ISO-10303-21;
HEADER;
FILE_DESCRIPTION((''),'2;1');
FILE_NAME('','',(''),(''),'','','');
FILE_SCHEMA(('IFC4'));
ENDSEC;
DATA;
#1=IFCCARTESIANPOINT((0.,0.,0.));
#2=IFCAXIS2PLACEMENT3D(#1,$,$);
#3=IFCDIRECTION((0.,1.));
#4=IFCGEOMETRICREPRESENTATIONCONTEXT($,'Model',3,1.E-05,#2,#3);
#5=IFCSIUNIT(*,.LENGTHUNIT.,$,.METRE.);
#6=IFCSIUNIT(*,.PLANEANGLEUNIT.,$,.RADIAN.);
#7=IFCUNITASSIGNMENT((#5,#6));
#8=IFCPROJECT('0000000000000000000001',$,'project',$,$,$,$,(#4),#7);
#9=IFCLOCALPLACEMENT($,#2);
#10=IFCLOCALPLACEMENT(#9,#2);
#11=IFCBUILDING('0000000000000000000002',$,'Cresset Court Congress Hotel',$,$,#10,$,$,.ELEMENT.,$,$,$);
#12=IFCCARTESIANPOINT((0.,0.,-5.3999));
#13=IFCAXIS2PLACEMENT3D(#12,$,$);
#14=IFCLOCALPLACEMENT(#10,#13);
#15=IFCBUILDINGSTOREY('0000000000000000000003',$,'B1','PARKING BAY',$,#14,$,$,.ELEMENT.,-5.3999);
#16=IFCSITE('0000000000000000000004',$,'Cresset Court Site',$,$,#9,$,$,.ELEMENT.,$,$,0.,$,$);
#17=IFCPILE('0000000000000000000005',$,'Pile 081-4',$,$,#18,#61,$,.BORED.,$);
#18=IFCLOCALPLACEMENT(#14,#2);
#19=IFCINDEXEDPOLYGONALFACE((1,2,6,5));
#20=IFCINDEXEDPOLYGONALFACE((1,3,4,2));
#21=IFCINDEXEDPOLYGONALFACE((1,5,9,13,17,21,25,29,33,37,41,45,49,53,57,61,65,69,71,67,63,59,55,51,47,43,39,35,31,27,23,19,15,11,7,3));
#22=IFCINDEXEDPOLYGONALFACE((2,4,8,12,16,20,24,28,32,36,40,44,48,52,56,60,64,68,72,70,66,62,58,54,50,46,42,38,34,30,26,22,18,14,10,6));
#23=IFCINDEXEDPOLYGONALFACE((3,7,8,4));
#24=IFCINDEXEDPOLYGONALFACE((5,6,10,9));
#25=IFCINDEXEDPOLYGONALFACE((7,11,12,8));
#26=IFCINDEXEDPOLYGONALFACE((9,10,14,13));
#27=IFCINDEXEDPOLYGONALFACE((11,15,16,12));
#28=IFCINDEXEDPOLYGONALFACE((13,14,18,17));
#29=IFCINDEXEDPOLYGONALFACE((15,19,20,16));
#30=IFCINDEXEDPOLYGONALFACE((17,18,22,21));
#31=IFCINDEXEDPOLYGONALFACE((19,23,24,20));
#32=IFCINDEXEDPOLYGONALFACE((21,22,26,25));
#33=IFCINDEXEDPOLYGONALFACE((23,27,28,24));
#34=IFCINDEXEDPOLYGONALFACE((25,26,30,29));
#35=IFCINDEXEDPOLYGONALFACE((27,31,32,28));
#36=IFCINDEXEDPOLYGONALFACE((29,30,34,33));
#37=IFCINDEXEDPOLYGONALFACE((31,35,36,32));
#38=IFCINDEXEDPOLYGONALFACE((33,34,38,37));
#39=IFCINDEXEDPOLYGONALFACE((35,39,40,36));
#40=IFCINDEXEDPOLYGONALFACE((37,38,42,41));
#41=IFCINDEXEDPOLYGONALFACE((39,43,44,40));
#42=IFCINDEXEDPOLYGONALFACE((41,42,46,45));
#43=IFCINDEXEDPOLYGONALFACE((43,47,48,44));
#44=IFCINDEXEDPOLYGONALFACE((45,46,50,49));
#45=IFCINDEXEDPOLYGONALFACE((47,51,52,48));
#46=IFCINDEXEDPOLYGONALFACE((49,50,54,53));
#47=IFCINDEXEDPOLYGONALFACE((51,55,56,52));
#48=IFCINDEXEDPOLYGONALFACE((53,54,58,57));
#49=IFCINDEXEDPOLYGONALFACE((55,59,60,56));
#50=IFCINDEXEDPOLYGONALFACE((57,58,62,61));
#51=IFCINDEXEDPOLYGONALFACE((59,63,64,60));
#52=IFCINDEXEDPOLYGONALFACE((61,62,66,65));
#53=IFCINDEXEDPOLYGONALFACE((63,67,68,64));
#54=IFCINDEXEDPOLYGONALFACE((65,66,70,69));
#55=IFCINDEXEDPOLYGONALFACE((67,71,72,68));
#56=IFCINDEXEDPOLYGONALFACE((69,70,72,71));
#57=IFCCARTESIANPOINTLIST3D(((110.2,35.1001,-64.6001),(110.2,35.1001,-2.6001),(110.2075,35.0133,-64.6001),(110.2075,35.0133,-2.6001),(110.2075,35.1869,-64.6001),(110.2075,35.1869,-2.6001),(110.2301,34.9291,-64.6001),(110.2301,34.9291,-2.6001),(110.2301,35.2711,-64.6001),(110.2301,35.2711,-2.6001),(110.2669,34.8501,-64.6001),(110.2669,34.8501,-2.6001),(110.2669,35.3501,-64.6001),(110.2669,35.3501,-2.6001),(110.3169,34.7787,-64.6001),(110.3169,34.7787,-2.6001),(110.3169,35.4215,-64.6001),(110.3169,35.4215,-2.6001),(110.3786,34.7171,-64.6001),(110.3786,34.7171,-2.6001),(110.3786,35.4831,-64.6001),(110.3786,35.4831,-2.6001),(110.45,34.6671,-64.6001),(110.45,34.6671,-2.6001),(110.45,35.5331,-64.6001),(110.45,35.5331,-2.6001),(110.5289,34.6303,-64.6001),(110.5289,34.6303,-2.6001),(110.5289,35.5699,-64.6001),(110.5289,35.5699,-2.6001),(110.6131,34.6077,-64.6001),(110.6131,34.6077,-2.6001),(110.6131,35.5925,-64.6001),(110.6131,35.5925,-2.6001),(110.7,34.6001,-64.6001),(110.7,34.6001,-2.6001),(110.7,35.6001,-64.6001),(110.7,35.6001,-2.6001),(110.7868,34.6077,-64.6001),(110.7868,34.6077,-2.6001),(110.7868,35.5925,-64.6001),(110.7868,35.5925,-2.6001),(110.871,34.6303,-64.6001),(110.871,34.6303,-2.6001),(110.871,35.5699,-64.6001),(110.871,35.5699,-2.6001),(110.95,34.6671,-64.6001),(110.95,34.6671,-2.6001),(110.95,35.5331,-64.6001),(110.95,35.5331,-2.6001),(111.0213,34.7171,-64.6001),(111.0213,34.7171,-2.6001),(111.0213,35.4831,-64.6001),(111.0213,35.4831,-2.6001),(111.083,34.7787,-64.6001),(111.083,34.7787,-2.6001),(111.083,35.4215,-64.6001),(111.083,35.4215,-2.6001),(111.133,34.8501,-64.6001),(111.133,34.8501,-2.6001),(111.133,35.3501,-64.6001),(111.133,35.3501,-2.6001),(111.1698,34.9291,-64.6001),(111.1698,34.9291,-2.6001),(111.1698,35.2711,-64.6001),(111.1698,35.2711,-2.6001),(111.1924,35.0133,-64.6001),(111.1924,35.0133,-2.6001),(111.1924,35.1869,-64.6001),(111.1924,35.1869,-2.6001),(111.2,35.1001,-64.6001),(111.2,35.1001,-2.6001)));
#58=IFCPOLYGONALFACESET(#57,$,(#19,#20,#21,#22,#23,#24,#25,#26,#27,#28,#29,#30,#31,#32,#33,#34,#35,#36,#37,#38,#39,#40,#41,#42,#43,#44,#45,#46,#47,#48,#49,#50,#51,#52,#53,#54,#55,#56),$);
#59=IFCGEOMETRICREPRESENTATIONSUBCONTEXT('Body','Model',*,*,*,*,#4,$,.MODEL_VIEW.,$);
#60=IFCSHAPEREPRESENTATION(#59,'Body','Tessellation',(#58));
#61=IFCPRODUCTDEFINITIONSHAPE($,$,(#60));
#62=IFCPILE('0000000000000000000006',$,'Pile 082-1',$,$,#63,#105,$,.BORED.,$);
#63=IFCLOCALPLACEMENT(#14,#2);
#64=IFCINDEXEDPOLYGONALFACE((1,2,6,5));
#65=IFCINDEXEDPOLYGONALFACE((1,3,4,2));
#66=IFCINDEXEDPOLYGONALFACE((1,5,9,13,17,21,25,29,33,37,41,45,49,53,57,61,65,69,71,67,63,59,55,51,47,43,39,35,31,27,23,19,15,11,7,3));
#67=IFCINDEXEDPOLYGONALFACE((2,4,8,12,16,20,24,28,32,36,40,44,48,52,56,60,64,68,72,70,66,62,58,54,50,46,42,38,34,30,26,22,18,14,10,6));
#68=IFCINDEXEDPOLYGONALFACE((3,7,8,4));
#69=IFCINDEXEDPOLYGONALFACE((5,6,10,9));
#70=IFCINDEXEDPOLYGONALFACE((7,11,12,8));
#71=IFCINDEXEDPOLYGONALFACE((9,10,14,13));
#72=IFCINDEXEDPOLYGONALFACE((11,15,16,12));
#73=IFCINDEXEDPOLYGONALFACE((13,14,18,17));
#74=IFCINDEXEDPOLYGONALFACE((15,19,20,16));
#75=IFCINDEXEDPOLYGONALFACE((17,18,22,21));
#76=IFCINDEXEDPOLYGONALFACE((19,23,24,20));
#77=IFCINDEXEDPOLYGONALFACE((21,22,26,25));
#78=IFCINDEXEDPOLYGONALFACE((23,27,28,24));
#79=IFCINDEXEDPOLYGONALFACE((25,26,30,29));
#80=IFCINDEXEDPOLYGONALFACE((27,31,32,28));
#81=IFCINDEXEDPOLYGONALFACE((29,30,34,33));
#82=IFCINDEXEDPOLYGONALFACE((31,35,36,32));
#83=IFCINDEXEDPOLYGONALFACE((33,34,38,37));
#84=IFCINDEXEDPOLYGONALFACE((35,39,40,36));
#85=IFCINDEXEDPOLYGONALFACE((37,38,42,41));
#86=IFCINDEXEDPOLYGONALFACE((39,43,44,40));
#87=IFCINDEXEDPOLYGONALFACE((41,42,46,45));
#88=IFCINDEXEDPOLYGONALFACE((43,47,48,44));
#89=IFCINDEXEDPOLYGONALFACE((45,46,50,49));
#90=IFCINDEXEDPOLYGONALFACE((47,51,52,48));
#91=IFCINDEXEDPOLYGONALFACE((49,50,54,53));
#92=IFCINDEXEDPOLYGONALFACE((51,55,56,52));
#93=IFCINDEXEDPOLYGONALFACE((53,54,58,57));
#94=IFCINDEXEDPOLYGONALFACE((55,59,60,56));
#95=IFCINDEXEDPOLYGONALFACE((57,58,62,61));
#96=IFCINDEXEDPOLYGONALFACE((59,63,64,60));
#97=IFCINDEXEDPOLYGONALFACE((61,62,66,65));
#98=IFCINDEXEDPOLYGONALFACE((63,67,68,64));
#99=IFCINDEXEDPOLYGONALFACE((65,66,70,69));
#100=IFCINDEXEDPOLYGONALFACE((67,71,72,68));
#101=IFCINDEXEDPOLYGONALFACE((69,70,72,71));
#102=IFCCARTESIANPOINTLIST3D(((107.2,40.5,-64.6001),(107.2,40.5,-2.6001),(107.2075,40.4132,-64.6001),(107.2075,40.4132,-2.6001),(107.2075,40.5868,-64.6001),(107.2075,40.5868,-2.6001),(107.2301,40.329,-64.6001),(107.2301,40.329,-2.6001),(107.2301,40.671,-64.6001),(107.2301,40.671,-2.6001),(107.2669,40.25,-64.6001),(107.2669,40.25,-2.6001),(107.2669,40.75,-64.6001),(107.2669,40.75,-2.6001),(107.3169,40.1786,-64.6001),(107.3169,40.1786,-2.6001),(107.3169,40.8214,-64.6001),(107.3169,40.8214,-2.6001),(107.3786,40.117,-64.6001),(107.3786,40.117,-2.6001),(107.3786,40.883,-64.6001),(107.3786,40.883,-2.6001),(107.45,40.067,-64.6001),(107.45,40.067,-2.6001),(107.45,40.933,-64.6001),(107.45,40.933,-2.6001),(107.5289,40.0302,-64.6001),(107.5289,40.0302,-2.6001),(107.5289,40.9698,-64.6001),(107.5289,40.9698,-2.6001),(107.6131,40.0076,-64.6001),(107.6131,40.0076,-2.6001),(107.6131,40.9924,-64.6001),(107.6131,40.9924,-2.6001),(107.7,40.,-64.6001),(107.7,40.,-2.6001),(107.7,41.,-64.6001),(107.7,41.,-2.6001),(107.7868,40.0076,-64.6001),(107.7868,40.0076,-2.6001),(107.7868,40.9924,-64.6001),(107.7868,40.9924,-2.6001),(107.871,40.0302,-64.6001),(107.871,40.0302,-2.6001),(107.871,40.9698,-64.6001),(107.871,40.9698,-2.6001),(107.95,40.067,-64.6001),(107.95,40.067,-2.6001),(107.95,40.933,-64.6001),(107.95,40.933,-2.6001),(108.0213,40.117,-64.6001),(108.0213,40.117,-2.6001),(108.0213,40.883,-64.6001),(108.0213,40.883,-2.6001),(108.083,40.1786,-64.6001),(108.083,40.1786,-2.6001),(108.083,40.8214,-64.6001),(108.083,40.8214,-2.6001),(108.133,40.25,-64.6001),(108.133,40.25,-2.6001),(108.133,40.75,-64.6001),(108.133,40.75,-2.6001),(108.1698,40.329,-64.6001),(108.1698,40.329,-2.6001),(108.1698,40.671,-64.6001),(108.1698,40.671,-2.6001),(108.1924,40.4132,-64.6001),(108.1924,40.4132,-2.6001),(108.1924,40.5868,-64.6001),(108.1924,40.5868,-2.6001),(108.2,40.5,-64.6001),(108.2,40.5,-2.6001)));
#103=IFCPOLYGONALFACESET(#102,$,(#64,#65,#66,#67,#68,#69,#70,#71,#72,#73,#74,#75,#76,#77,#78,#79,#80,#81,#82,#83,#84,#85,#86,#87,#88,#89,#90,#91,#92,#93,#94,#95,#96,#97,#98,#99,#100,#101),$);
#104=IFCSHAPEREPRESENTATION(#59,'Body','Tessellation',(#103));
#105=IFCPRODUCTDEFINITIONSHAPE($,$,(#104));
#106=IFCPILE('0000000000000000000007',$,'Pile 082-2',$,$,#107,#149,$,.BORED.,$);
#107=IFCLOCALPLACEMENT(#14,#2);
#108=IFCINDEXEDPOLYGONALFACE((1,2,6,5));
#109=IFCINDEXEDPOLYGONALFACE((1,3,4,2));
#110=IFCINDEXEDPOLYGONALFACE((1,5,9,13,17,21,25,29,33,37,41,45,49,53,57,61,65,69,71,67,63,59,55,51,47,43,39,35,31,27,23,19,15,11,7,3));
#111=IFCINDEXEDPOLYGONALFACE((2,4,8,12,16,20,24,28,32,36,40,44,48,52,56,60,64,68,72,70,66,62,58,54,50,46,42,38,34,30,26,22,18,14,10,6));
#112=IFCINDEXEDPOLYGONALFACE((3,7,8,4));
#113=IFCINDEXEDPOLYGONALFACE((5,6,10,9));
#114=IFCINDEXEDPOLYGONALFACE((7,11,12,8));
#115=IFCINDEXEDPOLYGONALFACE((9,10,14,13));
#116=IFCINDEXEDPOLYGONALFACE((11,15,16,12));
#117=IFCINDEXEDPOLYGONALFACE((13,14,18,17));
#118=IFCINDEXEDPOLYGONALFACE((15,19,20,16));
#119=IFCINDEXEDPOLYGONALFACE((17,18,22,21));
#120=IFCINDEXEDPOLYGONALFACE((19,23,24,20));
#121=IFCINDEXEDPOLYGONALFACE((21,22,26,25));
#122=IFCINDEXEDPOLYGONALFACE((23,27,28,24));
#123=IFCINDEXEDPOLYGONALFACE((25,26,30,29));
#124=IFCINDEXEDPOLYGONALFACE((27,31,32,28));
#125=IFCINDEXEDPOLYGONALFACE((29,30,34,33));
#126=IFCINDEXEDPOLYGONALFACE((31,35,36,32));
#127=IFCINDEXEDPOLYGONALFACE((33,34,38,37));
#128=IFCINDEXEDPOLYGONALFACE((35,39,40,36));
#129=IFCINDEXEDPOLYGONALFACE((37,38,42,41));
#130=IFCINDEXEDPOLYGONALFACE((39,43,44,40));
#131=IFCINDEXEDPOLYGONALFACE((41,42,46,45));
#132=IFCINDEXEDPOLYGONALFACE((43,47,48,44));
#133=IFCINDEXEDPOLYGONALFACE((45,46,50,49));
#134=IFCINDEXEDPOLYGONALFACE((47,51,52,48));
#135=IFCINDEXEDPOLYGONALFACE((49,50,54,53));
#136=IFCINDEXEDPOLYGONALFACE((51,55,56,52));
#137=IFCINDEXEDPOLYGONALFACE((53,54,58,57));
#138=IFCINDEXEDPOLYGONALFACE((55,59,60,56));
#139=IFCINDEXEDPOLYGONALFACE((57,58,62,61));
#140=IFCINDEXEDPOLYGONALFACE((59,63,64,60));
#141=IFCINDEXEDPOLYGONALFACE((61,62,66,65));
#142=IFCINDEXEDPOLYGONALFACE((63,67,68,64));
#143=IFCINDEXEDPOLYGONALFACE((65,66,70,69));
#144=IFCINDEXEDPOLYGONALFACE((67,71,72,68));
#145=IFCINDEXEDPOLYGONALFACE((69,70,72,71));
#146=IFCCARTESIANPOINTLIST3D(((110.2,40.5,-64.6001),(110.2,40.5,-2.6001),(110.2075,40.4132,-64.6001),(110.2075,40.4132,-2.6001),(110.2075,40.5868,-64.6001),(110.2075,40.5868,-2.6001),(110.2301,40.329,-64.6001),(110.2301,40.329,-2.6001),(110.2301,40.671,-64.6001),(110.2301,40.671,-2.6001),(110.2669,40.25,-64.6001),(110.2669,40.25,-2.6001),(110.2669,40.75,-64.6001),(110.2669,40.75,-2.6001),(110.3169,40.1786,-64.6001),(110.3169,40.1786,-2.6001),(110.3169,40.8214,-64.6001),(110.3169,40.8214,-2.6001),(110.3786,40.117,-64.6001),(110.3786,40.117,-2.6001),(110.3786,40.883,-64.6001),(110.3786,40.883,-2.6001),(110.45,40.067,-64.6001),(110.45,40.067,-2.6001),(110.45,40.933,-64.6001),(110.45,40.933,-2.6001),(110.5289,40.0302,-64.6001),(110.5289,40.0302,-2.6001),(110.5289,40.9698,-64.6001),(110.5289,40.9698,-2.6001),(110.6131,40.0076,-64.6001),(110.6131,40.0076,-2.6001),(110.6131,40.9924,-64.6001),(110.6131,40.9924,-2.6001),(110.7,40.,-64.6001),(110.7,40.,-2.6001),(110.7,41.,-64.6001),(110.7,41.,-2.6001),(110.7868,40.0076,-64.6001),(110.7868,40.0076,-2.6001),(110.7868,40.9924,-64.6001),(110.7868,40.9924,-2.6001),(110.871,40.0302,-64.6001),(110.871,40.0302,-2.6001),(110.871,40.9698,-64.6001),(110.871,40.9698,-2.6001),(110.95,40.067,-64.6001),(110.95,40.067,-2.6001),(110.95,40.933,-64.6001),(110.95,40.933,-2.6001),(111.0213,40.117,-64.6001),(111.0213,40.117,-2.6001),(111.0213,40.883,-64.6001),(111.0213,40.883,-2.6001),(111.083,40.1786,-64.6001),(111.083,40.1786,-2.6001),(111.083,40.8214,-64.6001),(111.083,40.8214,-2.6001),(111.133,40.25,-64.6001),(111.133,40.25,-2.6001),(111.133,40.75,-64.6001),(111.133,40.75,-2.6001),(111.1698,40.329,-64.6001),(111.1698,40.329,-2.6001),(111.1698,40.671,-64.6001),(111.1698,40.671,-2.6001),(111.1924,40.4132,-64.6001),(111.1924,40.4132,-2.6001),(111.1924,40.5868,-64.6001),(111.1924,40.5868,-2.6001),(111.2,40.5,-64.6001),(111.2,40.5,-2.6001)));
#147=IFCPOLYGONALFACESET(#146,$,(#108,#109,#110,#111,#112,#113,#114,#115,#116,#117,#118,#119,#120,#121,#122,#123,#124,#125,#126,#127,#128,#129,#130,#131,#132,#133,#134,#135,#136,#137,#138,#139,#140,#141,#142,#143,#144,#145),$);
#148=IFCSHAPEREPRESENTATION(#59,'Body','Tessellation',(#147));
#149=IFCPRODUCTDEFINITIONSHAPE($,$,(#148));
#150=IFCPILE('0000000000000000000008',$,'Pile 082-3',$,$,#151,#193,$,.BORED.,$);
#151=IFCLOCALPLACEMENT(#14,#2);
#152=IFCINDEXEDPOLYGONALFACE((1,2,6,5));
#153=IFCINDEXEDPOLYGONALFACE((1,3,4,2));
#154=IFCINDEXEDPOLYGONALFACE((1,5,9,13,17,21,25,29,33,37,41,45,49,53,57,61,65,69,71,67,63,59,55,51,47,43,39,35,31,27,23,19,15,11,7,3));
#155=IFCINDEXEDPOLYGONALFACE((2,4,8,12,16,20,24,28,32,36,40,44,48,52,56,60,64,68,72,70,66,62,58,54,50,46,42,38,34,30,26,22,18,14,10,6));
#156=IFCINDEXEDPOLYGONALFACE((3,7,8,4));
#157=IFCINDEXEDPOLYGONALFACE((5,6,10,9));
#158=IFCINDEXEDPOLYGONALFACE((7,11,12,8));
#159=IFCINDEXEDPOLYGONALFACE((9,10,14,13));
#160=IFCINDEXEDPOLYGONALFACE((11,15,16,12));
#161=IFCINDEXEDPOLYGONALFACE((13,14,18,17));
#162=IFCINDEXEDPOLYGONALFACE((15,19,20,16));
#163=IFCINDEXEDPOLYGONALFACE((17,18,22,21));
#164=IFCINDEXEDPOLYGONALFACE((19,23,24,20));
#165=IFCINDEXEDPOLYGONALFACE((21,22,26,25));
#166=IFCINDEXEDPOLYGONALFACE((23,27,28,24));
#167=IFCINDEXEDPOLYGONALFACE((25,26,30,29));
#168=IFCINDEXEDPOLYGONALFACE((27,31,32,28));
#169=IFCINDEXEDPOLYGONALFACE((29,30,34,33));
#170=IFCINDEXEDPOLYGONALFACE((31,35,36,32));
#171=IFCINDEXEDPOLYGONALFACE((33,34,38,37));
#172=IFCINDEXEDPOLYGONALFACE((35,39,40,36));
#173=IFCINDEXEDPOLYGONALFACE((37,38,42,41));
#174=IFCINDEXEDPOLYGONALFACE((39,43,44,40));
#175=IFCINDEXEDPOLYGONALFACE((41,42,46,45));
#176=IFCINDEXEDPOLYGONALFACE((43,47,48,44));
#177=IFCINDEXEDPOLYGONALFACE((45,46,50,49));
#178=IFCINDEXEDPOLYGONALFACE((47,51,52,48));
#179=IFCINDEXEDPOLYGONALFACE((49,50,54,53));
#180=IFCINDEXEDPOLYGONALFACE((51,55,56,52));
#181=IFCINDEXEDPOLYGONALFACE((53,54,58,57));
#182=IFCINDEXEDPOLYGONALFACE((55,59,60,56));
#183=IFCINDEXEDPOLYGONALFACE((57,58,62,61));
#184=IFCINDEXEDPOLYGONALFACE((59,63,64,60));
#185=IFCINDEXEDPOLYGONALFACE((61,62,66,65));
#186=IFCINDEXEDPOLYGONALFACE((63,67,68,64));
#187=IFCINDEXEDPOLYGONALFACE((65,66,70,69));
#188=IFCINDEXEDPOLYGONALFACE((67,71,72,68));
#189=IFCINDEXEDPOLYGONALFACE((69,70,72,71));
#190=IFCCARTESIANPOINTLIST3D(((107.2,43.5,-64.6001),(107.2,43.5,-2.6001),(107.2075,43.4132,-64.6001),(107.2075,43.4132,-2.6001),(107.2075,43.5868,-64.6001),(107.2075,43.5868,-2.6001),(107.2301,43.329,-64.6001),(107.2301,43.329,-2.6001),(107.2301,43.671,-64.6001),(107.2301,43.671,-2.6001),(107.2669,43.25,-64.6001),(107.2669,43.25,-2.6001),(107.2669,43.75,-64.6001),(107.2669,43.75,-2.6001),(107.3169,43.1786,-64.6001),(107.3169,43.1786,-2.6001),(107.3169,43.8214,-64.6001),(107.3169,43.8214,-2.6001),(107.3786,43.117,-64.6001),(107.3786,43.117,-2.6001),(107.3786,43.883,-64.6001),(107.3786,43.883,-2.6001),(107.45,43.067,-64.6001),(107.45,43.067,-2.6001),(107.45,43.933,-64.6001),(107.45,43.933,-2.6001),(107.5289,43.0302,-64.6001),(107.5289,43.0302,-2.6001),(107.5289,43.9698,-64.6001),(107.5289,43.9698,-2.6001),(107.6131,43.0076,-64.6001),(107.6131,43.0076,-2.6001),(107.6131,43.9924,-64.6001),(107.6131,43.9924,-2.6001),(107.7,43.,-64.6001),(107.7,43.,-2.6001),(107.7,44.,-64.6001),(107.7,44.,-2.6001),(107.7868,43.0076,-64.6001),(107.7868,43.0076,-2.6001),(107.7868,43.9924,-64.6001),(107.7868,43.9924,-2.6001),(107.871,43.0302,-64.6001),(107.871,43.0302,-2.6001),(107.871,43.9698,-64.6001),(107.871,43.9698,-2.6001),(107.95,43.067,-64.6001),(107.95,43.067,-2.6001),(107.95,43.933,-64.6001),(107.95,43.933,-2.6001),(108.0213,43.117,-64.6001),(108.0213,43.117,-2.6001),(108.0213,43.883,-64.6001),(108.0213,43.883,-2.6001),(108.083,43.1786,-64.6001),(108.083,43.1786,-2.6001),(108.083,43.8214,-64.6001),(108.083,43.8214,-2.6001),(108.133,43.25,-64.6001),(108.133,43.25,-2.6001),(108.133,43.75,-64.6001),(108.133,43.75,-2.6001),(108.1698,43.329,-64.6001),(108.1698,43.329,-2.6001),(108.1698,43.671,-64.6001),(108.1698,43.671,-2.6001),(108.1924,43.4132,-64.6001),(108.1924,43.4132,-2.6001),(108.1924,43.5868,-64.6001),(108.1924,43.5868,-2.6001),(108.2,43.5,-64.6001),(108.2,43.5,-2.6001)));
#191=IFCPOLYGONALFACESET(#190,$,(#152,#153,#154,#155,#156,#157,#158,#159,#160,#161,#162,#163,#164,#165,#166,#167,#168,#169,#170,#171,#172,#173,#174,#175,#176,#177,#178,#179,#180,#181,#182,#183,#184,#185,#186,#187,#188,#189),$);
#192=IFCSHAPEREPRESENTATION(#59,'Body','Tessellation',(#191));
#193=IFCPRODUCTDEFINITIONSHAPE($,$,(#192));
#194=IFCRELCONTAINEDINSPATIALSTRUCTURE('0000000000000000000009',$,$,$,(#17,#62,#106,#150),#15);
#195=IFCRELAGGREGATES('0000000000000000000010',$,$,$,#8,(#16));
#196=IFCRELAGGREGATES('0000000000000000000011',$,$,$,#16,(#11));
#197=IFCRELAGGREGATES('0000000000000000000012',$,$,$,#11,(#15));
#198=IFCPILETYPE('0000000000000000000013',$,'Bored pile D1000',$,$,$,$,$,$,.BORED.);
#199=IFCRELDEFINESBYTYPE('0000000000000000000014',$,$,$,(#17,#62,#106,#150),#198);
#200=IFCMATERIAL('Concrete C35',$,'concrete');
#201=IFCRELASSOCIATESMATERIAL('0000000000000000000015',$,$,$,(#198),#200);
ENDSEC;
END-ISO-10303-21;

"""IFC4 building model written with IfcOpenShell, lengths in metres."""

from ifc_helpers import new_model, si_unit, direction, frame, origin, origin_2d, place, context, subcontext, project, spatial, circle, extrude, material, type_object, element, save


model = new_model("IFC4")

# Units and contexts
model_context = context("Model", 3, precision=1e-05, world=origin(), true_north=direction((0.0, 1.0)))
body_context = subcontext(model_context, "Body", "Model", "MODEL_VIEW")
ifc_project = project(units=[si_unit("LENGTHUNIT", "METRE"), si_unit("PLANEANGLEUNIT", "RADIAN")], contexts=[model_context])

# Site, building, storey
site_placement = place(None, origin())
site = spatial("IfcSite", under=ifc_project, at=site_placement, Name="Cresset Court Site", CompositionType="ELEMENT", RefElevation=0.0)
building_placement = place(site_placement, origin())
building = spatial("IfcBuilding", under=site, at=building_placement, Name="Cresset Court Congress Hotel", CompositionType="ELEMENT")
storey_placement = place(building_placement, frame((0.0, 0.0, -5.3999)))
storey = spatial("IfcBuildingStorey", under=building, at=storey_placement, Name="B1", Description="PARKING BAY", CompositionType="ELEMENT", Elevation=-5.3999)

# Piles
ifc_material_1 = material(Name="Concrete C35", Category="concrete")
pile_type = type_object("IfcPileType", Name="Bored pile D1000", PredefinedType="BORED", material=ifc_material_1)
for number, where, z_axis, x_axis, name in (
    (1, (110.7, 35.1001, -2.6001), (0.0, 0.0, -1.0), (1.0, 0.0, 0.0), "Pile 081-4"),
    (2, (107.7, 40.5, -2.6001), (0.0, 0.0, -1.0), (1.0, 0.0, 0.0), "Pile 082-1"),
    (3, (110.7, 40.5, -2.6001), (0.0, 0.0, -1.0), (1.0, 0.0, 0.0), "Pile 082-2"),
    (4, (107.7, 43.5, -2.6001), (0.0, 0.0, -1.0), (1.0, 0.0, 0.0), "Pile 082-3"),
):
    element("IfcPile", number, at=place(storey_placement, frame(where, z_axis=z_axis, x_axis=x_axis)), inside=storey, type_object=pile_type, Name=name, PredefinedType="BORED", context=body_context, shape_type="SweptSolid", body=[
        extrude(circle(Radius=0.5, at=origin_2d()), origin(), (0.0, 0.0, 1.0), 62.0),
    ])

save(model, "model.ifc")
